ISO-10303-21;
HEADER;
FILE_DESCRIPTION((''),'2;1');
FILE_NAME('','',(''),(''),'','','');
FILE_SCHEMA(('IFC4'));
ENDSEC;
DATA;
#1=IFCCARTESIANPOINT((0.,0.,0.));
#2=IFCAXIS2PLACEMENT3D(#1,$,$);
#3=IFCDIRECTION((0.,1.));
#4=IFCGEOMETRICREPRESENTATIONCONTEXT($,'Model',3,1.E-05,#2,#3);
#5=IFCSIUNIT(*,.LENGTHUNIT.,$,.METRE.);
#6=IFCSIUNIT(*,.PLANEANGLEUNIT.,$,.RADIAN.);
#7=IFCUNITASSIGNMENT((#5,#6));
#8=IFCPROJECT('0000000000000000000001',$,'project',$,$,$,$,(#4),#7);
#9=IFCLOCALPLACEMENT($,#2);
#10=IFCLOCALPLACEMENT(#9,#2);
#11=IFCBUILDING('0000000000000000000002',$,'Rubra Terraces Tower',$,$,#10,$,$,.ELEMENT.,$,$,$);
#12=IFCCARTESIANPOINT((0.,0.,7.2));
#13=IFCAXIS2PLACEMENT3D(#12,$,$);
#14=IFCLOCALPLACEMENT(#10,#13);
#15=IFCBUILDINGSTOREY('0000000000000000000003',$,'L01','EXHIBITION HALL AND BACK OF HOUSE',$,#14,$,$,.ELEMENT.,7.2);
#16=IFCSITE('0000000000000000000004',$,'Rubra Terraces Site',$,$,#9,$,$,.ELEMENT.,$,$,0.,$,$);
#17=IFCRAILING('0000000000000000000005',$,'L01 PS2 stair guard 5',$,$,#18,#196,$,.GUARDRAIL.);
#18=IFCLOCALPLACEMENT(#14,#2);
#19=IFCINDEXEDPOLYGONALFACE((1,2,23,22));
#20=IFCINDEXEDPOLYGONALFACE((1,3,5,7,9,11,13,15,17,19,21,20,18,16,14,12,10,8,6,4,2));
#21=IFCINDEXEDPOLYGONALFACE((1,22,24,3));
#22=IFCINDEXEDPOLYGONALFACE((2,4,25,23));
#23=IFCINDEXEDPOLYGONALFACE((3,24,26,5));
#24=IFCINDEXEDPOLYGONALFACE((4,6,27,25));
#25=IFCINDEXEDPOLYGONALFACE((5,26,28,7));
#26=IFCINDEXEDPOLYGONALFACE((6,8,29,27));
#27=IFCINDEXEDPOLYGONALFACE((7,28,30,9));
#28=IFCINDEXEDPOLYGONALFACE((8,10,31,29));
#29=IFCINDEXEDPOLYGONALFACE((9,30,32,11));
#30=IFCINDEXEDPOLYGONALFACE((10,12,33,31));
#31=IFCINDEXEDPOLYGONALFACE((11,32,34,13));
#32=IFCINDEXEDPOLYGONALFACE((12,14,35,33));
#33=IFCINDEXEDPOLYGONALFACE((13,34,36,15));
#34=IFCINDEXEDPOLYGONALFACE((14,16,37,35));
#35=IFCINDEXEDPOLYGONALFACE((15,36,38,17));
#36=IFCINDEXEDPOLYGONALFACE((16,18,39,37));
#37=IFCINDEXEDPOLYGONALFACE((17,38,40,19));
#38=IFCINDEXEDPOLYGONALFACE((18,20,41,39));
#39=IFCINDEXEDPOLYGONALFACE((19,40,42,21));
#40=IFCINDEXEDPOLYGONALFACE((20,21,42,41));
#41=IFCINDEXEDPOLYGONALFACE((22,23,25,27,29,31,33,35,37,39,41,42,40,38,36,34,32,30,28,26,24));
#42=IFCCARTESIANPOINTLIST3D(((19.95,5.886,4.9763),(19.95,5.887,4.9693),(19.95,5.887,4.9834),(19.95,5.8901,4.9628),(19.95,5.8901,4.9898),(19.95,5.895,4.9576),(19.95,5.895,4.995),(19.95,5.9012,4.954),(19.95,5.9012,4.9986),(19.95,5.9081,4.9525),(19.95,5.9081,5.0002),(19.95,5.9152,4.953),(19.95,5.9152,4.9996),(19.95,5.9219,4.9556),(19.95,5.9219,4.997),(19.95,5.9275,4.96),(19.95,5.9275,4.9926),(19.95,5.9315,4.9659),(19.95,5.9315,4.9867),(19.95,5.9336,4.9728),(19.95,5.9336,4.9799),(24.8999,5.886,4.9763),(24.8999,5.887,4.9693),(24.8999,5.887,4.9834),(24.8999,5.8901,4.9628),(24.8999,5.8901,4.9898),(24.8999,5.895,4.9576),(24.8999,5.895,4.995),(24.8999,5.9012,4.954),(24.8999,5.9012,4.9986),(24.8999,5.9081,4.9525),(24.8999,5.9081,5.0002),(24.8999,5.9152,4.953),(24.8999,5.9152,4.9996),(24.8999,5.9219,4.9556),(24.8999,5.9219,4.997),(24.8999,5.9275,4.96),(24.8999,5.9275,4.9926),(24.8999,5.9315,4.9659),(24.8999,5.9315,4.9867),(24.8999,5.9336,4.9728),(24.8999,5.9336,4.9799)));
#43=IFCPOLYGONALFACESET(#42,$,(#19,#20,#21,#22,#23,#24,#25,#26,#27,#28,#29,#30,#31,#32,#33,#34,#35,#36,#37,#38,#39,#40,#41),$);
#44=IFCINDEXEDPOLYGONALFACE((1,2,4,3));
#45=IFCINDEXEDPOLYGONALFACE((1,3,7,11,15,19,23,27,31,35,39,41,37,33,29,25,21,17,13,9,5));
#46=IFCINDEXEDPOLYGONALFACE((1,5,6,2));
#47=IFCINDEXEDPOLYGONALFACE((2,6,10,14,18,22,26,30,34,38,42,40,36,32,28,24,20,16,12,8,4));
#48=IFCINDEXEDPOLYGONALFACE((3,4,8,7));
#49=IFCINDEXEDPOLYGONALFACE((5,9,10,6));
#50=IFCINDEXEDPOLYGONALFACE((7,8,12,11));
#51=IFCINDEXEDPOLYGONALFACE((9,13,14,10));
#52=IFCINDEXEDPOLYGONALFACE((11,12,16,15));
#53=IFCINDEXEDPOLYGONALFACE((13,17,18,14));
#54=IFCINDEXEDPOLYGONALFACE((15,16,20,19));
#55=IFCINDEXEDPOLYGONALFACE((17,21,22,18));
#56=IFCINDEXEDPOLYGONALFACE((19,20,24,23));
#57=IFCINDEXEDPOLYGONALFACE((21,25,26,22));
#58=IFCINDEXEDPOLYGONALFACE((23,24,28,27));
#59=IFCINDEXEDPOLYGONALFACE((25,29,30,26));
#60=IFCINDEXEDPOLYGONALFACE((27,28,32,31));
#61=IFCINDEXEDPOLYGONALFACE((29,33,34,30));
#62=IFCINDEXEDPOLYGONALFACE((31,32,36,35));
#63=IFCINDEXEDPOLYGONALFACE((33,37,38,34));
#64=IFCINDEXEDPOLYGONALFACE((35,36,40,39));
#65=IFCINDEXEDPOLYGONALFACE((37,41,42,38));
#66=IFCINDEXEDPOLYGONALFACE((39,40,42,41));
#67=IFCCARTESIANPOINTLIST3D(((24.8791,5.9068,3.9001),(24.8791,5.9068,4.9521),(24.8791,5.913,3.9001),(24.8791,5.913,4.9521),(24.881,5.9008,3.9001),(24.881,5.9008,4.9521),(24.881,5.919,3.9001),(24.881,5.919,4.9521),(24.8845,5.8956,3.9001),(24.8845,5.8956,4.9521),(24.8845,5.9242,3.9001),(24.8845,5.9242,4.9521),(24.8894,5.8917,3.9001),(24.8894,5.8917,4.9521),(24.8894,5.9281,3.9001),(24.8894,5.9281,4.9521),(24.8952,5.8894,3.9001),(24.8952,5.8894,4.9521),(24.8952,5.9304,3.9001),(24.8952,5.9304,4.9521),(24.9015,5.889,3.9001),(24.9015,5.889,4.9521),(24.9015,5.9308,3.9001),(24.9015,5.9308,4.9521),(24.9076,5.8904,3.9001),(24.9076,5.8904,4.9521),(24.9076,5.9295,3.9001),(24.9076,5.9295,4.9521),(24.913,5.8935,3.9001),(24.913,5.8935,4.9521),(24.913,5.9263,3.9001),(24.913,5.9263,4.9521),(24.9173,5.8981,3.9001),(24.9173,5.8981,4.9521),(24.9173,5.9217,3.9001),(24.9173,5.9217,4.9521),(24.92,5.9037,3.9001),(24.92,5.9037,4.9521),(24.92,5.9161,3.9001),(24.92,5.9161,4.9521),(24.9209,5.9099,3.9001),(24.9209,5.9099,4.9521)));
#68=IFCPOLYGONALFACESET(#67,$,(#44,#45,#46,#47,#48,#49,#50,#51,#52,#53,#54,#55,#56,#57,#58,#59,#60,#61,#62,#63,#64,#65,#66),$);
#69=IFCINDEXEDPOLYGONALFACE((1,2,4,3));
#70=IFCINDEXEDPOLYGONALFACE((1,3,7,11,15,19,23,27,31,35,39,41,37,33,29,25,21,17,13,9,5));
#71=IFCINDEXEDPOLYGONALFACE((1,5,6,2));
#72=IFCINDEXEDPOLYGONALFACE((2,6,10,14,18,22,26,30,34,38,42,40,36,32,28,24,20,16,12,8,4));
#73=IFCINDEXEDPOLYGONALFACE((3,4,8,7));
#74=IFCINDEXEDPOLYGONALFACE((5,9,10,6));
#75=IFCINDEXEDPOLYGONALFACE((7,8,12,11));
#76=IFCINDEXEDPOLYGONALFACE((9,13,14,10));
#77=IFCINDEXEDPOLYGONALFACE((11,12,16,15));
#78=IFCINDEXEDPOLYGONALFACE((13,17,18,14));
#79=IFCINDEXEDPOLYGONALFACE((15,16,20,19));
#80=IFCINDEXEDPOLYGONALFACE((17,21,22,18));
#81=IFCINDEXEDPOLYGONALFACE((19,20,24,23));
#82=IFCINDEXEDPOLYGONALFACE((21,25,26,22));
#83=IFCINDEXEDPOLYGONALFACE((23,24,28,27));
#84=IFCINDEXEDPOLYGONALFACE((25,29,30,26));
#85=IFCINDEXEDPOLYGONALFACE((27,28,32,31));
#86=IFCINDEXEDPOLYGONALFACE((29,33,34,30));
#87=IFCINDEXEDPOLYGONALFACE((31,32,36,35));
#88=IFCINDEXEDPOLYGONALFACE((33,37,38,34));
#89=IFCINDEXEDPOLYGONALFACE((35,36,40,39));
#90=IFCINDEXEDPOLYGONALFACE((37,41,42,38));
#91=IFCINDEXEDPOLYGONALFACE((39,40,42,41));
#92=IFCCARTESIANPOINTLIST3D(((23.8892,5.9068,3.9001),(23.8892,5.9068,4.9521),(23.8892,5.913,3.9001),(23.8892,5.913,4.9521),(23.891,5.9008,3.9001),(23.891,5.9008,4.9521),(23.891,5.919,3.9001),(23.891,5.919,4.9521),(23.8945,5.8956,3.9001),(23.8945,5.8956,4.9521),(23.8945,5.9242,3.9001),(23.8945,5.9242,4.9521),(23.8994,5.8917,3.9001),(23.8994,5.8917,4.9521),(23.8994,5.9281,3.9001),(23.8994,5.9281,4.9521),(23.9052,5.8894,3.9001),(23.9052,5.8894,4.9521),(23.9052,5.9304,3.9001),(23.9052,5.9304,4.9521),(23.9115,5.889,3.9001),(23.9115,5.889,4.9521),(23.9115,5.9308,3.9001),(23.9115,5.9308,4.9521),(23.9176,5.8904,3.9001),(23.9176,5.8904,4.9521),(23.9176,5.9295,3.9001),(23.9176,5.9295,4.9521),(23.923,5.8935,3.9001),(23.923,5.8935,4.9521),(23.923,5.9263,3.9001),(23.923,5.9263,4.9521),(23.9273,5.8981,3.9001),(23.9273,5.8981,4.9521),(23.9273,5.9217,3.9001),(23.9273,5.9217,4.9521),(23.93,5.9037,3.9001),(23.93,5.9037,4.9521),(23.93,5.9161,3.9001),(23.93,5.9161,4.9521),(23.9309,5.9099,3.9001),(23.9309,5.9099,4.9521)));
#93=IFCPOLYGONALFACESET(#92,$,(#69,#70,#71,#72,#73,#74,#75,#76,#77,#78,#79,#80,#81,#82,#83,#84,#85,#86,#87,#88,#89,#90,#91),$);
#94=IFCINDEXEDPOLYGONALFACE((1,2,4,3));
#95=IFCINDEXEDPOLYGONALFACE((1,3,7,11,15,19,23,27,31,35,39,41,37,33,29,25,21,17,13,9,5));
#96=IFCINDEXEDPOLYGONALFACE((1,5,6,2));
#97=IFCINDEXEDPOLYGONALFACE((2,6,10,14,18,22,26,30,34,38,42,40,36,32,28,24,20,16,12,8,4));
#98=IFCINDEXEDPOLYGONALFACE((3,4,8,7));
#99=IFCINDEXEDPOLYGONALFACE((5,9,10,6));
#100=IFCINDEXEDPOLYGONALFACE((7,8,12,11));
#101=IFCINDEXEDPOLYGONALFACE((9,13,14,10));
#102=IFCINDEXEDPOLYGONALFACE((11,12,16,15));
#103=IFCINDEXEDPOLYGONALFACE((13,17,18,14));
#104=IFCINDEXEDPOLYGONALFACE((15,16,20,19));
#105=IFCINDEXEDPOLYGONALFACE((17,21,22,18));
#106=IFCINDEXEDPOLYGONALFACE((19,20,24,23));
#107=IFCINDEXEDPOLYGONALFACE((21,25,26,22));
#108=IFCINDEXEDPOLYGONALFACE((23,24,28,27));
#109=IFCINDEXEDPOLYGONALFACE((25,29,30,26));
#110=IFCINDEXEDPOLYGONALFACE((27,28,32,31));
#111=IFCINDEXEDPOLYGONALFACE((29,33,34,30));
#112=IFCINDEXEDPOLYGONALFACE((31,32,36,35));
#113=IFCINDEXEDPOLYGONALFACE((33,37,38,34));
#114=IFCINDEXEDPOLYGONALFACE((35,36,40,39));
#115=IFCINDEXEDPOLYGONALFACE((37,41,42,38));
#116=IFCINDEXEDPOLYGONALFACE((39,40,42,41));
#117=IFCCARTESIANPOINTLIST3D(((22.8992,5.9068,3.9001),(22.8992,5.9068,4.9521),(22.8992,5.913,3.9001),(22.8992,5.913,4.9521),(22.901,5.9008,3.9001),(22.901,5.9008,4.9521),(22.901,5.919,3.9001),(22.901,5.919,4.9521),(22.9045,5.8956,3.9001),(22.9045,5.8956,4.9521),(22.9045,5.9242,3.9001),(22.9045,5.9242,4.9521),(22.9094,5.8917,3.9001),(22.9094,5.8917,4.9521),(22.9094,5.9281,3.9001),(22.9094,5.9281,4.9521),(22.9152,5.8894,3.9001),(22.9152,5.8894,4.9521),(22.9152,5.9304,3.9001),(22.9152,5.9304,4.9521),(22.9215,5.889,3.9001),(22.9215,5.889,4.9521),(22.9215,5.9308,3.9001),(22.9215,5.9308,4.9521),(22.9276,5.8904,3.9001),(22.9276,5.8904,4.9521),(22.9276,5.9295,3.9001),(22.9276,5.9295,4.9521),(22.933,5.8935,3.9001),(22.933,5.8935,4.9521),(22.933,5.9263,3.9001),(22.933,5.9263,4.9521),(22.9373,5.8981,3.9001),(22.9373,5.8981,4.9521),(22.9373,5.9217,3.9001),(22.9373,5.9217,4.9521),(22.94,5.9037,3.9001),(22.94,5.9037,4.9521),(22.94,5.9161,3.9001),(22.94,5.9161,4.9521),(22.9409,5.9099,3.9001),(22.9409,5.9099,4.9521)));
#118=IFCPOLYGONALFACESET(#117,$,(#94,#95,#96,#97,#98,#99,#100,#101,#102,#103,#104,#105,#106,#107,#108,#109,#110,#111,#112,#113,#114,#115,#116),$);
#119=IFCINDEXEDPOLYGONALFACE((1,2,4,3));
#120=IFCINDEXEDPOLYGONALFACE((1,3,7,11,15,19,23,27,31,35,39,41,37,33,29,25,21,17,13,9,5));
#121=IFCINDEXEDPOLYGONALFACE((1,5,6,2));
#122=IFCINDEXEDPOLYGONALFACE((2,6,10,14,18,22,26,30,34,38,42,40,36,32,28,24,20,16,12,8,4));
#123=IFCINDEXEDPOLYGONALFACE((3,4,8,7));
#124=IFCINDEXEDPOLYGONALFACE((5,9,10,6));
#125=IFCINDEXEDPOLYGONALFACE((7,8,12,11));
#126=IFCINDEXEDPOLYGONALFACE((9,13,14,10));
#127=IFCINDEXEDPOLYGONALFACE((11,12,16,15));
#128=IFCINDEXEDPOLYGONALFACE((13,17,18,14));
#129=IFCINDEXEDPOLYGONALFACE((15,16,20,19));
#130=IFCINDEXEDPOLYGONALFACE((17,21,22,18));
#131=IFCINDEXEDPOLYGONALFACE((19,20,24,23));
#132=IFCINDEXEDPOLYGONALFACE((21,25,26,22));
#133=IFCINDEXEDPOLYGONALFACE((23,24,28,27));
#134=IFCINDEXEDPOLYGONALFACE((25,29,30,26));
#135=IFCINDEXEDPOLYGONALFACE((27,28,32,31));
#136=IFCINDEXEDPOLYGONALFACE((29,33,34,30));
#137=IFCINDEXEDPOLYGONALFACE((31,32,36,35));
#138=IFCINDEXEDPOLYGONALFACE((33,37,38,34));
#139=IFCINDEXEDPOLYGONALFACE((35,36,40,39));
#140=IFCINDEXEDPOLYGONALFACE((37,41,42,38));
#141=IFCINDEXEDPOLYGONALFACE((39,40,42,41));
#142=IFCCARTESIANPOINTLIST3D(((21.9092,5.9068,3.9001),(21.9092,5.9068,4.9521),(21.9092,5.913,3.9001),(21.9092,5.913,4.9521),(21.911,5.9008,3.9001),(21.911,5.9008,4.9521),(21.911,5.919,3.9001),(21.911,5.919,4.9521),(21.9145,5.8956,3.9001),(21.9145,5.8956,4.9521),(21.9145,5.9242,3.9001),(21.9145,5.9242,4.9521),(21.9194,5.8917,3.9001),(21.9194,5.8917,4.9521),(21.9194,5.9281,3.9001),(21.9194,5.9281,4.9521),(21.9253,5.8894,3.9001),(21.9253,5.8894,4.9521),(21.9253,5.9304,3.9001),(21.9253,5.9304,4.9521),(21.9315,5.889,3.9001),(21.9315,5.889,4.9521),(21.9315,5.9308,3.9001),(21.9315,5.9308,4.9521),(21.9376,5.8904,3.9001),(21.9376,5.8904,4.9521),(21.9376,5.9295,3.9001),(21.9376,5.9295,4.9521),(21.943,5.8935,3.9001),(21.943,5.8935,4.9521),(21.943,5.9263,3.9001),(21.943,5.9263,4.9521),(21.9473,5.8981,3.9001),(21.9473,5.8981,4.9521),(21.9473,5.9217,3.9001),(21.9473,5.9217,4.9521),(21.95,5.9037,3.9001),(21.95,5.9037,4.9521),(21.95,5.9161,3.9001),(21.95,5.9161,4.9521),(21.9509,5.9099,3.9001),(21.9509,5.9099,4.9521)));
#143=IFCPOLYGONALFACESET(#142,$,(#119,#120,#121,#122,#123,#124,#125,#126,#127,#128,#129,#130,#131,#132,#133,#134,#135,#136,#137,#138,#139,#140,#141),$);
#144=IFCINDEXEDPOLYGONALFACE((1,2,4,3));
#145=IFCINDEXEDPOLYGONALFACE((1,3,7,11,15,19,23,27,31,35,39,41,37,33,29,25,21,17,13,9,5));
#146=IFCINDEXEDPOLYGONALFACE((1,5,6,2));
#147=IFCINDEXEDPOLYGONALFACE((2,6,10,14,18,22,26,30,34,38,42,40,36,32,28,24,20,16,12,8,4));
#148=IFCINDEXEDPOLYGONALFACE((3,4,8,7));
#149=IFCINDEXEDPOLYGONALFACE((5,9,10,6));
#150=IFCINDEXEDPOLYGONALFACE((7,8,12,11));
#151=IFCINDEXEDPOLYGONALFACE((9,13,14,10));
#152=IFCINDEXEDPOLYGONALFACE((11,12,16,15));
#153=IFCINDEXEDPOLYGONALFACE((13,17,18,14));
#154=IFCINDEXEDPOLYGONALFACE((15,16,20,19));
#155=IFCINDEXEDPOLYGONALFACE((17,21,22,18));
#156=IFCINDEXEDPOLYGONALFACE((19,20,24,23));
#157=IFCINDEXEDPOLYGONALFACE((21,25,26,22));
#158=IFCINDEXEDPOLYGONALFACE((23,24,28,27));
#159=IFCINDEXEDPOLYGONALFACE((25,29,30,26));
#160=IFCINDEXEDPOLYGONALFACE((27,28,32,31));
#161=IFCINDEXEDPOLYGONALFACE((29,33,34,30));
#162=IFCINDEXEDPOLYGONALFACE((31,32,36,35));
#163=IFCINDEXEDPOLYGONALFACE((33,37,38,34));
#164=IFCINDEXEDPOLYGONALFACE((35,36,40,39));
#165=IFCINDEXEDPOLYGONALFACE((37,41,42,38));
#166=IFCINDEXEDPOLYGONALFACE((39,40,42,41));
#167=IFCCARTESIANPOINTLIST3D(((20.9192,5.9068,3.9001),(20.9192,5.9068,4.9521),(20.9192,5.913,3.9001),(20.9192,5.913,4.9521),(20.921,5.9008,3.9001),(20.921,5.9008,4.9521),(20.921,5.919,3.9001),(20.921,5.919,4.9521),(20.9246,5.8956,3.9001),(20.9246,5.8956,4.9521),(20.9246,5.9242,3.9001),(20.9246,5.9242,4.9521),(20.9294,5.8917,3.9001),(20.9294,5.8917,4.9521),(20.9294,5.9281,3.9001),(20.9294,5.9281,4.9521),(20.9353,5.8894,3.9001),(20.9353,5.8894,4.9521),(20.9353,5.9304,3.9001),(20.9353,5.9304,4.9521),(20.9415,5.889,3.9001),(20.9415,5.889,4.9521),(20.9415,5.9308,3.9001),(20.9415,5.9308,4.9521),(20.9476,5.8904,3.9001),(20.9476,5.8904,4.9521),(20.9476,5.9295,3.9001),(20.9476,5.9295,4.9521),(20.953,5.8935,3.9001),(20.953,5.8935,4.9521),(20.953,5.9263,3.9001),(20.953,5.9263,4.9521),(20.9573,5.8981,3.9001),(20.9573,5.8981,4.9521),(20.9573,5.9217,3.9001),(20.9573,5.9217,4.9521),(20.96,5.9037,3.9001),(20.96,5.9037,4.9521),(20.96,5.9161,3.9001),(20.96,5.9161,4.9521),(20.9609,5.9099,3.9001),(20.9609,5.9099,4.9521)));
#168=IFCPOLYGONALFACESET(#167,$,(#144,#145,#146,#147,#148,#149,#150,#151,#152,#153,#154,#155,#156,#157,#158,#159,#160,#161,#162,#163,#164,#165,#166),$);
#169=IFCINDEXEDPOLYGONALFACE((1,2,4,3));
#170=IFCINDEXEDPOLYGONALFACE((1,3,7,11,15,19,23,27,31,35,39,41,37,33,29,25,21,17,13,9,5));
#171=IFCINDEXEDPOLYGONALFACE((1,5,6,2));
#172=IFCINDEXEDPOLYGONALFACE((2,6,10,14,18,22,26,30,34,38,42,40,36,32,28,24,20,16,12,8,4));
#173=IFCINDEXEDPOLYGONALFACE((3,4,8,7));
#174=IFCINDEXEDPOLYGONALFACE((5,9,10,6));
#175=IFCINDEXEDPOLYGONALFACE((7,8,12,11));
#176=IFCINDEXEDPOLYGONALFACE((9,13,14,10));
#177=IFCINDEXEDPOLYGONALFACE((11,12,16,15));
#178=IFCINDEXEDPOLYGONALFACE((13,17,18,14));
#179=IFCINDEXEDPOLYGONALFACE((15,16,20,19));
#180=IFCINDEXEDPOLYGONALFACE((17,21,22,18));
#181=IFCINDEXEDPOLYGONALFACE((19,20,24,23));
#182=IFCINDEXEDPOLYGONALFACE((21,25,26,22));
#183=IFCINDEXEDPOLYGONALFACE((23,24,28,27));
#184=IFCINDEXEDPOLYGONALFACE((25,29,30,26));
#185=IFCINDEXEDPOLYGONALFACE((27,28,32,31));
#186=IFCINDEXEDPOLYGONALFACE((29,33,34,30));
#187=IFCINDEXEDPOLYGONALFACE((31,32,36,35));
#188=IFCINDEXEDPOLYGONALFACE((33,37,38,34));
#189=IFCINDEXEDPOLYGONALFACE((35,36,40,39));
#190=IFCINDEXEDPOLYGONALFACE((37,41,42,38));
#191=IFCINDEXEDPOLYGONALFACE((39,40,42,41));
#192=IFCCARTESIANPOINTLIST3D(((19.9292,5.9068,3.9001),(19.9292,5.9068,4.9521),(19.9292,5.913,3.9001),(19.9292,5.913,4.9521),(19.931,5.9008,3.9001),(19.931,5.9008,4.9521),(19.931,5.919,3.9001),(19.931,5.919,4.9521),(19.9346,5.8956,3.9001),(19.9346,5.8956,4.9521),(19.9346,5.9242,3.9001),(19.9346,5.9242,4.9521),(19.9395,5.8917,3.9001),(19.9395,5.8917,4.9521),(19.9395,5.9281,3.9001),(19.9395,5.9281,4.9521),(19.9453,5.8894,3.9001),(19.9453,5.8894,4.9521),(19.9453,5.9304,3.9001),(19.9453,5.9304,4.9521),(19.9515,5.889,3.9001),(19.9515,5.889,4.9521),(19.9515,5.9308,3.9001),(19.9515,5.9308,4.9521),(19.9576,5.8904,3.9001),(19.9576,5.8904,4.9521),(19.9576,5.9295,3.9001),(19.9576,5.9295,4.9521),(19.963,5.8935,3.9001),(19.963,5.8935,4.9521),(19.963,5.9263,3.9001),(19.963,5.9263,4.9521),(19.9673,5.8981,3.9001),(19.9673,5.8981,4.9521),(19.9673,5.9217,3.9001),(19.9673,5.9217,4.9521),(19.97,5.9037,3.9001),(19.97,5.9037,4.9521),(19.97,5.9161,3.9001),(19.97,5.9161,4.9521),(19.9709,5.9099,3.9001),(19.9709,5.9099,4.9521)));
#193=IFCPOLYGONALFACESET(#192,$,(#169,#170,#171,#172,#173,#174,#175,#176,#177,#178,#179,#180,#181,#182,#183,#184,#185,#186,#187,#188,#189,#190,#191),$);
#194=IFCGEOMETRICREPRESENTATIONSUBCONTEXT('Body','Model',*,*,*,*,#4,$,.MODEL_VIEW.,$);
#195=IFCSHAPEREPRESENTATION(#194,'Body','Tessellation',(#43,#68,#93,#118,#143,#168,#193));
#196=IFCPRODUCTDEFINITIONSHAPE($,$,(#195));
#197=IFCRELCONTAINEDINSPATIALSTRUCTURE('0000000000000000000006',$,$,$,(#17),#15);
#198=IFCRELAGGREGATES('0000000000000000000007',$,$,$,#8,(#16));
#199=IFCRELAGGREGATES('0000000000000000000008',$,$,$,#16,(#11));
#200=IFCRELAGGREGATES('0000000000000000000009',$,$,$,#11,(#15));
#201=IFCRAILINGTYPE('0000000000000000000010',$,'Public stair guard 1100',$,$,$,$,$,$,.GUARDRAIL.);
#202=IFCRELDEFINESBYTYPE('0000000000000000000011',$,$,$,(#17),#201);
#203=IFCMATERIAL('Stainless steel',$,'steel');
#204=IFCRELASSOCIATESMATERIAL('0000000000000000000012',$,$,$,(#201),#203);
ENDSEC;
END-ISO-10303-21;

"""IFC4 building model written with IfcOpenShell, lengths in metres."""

from ifc_helpers import new_model, si_unit, direction, frame, origin, origin_2d, place, context, subcontext, project, spatial, circle, extrude, material, type_object, element, save


model = new_model("IFC4")

# Units and contexts
model_context = context("Model", 3, precision=1e-05, world=origin(), true_north=direction((0.0, 1.0)))
body_context = subcontext(model_context, "Body", "Model", "MODEL_VIEW")
ifc_project = project(units=[si_unit("LENGTHUNIT", "METRE"), si_unit("PLANEANGLEUNIT", "RADIAN")], contexts=[model_context])

# Site, building, storey
site_placement = place(None, origin())
site = spatial("IfcSite", under=ifc_project, at=site_placement, Name="Rubra Terraces Site", CompositionType="ELEMENT", RefElevation=0.0)
building_placement = place(site_placement, origin())
building = spatial("IfcBuilding", under=site, at=building_placement, Name="Rubra Terraces Tower", CompositionType="ELEMENT")
storey_placement = place(building_placement, frame((0.0, 0.0, 7.2)))
storey = spatial("IfcBuildingStorey", under=building, at=storey_placement, Name="L01", Description="EXHIBITION HALL AND BACK OF HOUSE", CompositionType="ELEMENT", Elevation=7.2)

# Railing
ifc_material_1 = material(Name="Stainless steel", Category="steel")
railing_type_1 = type_object("IfcRailingType", Name="Public stair guard 1100", PredefinedType="GUARDRAIL", material=ifc_material_1)
railing_1_placement = place(storey_placement, frame((24.8999, 5.9099, 3.9001)))
element("IfcRailing", 1, at=railing_1_placement, inside=storey, type_object=railing_type_1, Name="L01 PS2 stair guard 5", PredefinedType="GUARDRAIL", context=body_context, shape_type="SweptSolid", body=[
    extrude(circle(Radius=0.0239, at=origin_2d()), frame((0.0, 0.0, 1.0762), z_axis=(-1.0, 0.0, 0.0), x_axis=(0.0, -1.0, 0.0)), (0.0, 0.0, 1.0), 4.95),
    extrude(circle(Radius=0.021, at=origin_2d()), origin(), (0.0, 0.0, 1.0), 1.052),
    extrude(circle(Radius=0.021, at=origin_2d()), frame((-0.99, 0.0, 0.0)), (0.0, 0.0, 1.0), 1.052),
    extrude(circle(Radius=0.021, at=origin_2d()), frame((-1.98, 0.0, 0.0)), (0.0, 0.0, 1.0), 1.052),
    extrude(circle(Radius=0.021, at=origin_2d()), frame((-2.97, 0.0, 0.0)), (0.0, 0.0, 1.0), 1.052),
    extrude(circle(Radius=0.021, at=origin_2d()), frame((-3.96, 0.0, 0.0)), (0.0, 0.0, 1.0), 1.052),
    extrude(circle(Radius=0.021, at=origin_2d()), frame((-4.95, 0.0, 0.0)), (0.0, 0.0, 1.0), 1.052),
])

save(model, "model.ifc")
